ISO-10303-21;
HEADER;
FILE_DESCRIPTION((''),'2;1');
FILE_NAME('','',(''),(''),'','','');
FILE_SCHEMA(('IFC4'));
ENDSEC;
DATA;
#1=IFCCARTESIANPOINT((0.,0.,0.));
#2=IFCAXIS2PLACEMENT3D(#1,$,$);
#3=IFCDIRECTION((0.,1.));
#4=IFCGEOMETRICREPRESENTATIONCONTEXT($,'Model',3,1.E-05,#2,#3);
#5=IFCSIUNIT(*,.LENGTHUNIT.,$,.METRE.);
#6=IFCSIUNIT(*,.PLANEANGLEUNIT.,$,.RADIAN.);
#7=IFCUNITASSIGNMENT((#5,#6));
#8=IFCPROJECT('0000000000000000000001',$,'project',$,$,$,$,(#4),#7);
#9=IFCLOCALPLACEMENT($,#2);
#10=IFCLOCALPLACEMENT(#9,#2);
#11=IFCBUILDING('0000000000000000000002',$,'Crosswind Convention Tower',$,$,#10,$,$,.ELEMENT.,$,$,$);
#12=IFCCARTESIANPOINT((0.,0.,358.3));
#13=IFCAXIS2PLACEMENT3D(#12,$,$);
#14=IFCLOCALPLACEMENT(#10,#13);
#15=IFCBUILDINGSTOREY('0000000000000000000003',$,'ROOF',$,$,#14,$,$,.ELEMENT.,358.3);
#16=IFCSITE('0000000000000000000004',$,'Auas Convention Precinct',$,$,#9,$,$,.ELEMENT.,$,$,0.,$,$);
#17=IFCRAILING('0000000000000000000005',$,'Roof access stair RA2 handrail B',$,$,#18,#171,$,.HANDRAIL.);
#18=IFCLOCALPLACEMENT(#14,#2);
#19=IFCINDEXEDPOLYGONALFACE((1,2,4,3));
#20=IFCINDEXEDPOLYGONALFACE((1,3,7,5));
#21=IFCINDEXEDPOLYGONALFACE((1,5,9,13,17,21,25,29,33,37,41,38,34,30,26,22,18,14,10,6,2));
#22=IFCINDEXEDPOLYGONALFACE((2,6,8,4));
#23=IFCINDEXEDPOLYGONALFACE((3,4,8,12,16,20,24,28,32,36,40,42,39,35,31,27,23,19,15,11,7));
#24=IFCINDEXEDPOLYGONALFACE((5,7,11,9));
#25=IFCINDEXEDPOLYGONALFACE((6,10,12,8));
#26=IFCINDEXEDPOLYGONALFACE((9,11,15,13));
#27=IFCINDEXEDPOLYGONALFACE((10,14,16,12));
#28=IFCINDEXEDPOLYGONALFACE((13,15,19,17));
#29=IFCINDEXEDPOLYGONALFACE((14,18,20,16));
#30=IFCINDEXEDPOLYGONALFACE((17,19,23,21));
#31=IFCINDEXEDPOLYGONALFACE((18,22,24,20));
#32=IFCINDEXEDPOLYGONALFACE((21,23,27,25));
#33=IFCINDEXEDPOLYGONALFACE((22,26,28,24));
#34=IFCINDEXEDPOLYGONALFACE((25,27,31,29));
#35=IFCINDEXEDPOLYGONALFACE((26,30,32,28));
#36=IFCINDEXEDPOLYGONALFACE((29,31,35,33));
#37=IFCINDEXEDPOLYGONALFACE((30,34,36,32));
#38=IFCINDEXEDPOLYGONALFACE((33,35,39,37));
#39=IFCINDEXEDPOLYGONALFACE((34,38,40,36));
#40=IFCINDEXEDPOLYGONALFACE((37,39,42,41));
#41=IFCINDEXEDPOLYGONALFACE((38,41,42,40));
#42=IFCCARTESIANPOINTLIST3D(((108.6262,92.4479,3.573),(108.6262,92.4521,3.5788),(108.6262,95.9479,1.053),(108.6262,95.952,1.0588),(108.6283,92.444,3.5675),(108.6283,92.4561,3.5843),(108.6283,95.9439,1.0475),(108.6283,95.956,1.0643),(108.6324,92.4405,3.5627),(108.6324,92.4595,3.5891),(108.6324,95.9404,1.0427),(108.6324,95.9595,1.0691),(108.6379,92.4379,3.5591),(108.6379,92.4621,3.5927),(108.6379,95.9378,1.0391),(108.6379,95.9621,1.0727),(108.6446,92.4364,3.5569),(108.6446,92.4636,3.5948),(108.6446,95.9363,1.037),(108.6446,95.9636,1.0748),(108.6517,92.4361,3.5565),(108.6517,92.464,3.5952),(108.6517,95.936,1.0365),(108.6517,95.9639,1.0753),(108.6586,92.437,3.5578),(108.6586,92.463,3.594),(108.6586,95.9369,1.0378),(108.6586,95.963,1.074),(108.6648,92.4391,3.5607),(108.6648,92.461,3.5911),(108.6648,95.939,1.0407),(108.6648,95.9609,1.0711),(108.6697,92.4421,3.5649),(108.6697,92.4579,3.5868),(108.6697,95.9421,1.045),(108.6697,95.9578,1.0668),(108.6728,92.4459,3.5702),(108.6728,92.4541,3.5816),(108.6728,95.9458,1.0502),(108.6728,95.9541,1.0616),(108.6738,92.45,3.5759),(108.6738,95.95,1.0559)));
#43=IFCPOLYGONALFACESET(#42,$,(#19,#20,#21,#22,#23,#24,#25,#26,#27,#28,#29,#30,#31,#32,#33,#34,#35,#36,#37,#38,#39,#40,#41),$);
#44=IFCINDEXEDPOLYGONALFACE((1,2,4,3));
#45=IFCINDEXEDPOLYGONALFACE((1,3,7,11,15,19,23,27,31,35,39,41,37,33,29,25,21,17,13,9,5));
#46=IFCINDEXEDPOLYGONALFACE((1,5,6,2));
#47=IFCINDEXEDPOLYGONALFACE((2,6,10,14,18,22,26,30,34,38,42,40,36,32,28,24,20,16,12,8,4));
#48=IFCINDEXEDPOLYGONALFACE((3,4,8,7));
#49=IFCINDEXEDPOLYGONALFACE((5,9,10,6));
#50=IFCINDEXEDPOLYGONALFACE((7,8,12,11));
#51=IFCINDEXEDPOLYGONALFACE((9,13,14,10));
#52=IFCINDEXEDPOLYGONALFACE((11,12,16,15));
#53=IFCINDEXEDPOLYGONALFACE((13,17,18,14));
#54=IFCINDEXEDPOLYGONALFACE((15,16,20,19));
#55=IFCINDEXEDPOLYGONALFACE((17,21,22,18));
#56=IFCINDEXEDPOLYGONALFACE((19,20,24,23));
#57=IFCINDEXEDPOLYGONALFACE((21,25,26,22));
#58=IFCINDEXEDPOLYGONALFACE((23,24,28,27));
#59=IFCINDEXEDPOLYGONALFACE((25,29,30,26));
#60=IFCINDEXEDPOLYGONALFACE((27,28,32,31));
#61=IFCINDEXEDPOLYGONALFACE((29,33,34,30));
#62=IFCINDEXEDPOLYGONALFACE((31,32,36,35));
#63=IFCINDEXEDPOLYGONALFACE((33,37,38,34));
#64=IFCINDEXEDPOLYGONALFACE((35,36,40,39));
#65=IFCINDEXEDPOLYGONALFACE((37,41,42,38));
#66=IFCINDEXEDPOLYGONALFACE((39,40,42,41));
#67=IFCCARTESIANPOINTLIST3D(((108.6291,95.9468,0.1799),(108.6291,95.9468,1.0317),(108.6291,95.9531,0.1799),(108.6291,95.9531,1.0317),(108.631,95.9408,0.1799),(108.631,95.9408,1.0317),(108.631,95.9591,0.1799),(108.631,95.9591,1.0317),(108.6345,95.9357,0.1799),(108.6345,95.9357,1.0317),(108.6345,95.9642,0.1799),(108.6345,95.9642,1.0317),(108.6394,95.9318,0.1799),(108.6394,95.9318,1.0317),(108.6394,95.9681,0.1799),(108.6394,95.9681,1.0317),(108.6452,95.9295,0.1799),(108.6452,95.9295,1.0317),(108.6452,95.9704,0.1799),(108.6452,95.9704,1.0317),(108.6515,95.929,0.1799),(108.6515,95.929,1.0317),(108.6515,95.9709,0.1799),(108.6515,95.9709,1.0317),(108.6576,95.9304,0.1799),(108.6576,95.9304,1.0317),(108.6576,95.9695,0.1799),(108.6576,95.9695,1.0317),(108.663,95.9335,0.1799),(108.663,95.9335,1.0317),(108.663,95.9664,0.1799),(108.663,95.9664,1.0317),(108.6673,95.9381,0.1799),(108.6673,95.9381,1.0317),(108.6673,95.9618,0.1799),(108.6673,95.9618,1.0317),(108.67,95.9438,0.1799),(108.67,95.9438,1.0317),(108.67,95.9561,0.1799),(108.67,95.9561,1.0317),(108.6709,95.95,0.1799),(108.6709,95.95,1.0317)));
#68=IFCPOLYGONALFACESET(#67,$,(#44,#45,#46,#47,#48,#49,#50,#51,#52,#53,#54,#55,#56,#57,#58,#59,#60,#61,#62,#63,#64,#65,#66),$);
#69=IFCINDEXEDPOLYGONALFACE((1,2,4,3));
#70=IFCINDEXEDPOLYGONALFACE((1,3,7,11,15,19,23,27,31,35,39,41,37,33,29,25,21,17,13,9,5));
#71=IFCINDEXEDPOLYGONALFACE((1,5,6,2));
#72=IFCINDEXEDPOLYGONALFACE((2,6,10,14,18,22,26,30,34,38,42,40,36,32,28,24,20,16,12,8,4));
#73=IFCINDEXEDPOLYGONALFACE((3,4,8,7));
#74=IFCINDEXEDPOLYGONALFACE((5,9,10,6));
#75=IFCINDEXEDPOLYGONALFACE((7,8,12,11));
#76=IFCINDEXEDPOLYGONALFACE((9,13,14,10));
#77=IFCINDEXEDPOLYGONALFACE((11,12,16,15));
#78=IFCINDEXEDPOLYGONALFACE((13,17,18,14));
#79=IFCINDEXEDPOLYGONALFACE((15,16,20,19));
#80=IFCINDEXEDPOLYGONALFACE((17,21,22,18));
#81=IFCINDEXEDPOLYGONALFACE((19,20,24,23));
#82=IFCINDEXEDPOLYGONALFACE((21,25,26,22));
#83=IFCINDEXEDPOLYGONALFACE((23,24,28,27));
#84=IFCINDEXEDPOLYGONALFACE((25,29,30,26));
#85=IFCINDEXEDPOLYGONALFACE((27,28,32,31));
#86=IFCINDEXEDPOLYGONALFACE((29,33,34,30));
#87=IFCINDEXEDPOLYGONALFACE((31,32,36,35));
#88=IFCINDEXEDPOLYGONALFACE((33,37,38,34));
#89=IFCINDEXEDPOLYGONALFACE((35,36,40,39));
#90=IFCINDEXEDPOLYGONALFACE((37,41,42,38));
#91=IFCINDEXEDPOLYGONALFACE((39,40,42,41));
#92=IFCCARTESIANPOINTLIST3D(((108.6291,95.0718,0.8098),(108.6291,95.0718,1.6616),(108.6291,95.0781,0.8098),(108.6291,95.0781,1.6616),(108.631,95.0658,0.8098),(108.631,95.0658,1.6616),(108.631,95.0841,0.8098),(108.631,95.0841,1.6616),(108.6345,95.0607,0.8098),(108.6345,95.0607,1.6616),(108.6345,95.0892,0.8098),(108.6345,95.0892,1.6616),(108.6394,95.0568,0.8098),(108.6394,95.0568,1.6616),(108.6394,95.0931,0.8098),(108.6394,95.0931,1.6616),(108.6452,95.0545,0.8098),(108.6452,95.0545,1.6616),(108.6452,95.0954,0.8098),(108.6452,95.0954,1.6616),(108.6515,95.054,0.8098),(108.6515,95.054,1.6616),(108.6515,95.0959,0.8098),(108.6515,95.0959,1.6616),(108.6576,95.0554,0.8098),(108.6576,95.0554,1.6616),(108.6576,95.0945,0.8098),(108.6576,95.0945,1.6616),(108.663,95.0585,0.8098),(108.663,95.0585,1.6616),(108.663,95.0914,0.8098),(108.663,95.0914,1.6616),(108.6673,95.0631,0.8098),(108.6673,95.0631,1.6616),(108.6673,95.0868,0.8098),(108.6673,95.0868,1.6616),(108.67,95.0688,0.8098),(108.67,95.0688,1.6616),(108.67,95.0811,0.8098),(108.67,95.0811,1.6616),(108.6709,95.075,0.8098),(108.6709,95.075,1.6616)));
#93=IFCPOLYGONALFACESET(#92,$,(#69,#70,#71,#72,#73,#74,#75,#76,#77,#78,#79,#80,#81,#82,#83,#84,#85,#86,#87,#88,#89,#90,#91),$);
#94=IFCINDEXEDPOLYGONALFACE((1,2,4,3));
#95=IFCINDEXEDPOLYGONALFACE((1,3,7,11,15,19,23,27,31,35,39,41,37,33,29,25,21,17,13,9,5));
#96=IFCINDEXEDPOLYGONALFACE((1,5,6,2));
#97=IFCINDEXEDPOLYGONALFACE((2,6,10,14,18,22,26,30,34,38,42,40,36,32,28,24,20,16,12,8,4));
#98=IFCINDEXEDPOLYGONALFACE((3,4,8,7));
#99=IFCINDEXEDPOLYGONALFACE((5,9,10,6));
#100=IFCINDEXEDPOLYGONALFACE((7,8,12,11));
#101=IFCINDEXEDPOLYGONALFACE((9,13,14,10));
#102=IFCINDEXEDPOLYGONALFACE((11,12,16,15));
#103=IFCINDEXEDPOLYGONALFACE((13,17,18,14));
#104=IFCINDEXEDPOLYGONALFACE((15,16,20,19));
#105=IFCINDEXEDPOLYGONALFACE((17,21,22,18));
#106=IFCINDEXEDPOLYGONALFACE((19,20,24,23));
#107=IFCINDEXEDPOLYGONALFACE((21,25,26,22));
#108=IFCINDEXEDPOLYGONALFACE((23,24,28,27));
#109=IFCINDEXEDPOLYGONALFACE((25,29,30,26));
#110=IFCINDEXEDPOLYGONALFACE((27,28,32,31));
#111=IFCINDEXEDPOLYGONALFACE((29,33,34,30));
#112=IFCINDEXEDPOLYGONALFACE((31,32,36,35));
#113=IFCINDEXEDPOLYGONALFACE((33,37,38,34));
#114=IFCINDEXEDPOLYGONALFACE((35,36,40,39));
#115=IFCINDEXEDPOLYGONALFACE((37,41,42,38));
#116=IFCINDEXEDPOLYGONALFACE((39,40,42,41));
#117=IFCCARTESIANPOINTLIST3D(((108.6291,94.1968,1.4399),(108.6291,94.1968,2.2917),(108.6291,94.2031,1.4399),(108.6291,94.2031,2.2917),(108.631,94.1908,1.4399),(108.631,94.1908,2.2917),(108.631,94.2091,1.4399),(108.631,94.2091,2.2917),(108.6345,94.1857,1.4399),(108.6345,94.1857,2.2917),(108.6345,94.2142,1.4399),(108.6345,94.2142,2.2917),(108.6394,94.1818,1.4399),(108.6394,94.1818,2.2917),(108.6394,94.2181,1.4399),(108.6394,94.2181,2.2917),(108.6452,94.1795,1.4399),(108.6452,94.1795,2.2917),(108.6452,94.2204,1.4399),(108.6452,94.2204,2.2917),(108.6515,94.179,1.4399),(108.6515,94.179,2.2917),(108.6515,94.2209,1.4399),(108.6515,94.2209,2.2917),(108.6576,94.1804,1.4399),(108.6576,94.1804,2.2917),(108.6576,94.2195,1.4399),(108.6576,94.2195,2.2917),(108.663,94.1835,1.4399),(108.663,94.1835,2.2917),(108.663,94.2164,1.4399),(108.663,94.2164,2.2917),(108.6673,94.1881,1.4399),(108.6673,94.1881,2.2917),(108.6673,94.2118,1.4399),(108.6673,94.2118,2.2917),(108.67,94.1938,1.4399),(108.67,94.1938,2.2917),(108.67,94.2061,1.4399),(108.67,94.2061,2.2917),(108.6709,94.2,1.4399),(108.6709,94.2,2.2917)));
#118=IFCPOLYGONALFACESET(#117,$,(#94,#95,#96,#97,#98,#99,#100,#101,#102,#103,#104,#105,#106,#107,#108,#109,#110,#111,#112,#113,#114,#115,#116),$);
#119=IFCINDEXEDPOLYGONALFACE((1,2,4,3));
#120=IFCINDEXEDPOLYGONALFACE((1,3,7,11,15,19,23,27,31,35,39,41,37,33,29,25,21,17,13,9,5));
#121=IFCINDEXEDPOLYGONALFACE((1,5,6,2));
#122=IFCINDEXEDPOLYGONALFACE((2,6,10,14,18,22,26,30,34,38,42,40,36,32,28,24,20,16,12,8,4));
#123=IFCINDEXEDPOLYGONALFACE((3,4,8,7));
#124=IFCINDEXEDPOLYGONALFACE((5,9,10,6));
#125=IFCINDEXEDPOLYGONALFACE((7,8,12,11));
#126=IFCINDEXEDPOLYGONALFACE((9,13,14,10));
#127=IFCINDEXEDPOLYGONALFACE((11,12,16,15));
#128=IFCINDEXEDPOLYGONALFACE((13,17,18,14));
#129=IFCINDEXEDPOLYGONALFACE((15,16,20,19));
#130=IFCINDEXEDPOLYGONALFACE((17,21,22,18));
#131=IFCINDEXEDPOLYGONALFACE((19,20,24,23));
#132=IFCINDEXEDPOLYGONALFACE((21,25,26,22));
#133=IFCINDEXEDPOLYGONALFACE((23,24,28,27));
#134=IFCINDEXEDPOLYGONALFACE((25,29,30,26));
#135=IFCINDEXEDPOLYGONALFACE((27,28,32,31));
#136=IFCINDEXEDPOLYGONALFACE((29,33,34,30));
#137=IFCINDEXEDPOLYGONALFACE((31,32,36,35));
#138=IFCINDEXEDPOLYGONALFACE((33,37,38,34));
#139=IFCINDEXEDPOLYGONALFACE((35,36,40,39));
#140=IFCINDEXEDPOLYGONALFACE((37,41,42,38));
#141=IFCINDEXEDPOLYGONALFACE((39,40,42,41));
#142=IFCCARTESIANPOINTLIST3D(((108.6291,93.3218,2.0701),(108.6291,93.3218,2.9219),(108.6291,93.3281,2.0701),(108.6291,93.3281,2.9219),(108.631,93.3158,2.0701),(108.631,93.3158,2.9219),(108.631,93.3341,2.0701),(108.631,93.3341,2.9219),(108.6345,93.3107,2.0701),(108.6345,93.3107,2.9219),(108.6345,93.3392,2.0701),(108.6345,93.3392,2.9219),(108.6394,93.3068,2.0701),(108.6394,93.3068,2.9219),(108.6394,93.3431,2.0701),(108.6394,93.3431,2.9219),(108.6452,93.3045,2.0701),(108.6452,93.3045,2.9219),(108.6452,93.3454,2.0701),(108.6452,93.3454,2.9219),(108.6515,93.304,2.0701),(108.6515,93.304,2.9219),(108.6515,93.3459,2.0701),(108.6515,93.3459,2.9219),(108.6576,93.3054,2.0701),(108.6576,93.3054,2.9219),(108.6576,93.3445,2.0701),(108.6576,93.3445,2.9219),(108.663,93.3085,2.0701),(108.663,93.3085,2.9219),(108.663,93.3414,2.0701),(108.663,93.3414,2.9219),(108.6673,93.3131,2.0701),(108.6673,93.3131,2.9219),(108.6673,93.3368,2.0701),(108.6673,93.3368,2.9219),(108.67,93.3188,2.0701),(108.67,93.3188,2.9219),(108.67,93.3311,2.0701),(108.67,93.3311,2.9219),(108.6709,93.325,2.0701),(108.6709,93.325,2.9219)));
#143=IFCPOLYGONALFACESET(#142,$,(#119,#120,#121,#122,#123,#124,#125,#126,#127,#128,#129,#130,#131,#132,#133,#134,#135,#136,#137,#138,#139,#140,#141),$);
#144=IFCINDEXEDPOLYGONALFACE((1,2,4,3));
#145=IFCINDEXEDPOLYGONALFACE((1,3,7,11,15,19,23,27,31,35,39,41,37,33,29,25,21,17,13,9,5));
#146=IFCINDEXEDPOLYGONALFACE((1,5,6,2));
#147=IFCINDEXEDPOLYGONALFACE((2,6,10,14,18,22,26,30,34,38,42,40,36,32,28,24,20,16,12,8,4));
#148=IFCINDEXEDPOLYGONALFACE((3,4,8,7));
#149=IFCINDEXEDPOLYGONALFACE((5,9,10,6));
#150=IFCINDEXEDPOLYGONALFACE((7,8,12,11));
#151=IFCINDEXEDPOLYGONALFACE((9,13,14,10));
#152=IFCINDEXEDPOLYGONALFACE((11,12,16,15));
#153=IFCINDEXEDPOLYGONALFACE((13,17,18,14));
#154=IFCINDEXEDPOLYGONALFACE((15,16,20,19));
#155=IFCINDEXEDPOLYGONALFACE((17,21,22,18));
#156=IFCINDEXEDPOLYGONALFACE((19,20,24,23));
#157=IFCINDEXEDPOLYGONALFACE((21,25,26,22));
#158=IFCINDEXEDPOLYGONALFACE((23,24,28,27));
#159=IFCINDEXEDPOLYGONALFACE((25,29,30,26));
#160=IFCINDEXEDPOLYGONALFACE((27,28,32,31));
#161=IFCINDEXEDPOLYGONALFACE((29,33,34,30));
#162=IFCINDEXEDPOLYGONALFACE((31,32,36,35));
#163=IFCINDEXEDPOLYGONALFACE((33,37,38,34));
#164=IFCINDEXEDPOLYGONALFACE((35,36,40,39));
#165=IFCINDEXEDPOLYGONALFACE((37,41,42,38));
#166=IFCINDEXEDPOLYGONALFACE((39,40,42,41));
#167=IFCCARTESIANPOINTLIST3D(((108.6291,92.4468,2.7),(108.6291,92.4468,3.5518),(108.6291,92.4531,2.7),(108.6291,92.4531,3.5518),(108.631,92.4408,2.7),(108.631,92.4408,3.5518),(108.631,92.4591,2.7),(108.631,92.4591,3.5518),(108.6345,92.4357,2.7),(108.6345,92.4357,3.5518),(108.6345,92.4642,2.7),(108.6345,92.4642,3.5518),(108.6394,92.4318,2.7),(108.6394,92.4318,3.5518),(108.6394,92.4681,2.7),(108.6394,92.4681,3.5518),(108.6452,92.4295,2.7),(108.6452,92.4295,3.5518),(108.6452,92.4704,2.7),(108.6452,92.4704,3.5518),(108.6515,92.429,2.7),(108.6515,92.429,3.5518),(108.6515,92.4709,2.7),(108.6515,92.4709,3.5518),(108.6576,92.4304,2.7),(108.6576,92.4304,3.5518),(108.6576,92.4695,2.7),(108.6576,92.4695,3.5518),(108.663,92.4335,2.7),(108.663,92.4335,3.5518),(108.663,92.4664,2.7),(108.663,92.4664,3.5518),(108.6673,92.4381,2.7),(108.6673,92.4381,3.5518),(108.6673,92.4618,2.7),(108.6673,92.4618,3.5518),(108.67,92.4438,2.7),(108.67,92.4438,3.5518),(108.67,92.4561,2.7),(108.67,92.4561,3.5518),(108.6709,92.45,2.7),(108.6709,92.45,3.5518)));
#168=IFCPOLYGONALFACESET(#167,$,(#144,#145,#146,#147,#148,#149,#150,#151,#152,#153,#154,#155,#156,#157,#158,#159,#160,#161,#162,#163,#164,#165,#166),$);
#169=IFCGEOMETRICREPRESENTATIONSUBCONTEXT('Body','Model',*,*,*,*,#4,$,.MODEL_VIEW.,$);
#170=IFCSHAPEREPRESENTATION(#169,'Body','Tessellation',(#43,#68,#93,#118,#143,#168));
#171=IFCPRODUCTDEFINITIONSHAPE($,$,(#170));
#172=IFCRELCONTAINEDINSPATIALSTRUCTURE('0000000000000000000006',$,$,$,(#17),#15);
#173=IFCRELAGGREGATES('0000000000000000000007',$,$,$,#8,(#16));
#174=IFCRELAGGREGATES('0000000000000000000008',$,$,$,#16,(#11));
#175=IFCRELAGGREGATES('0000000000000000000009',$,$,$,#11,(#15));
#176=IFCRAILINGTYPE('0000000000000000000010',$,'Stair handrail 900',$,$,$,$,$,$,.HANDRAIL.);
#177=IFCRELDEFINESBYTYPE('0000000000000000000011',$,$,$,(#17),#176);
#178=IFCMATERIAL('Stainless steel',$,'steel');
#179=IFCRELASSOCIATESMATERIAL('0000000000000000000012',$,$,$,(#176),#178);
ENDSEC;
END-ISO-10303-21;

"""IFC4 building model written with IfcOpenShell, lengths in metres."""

from ifc_helpers import new_model, si_unit, direction, frame, origin, origin_2d, place, context, subcontext, project, spatial, circle, extrude, material, type_object, element, save


model = new_model("IFC4")

# Units and contexts
model_context = context("Model", 3, precision=1e-05, world=origin(), true_north=direction((0.0, 1.0)))
body_context = subcontext(model_context, "Body", "Model", "MODEL_VIEW")
ifc_project = project(units=[si_unit("LENGTHUNIT", "METRE"), si_unit("PLANEANGLEUNIT", "RADIAN")], contexts=[model_context])

# Site, building, storey
site_placement = place(None, origin())
site = spatial("IfcSite", under=ifc_project, at=site_placement, Name="Auas Convention Precinct", CompositionType="ELEMENT", RefElevation=0.0)
building_placement = place(site_placement, origin())
building = spatial("IfcBuilding", under=site, at=building_placement, Name="Crosswind Convention Tower", CompositionType="ELEMENT")
storey_placement = place(building_placement, frame((0.0, 0.0, 358.3)))
storey = spatial("IfcBuildingStorey", under=building, at=storey_placement, Name="ROOF", CompositionType="ELEMENT", Elevation=358.3)

# Railing
ifc_material_1 = material(Name="Stainless steel", Category="steel")
railing_type_1 = type_object("IfcRailingType", Name="Stair handrail 900", PredefinedType="HANDRAIL", material=ifc_material_1)
for number, where, name in (
    (1, (108.6499, 95.95, 0.1799), "Roof access stair RA2 handrail B"),
):
    element("IfcRailing", number, at=place(storey_placement, frame(where)), inside=storey, type_object=railing_type_1, Name=name, PredefinedType="HANDRAIL", context=body_context, shape_type="SweptSolid", body=[
        extrude(circle(Radius=0.0239, at=origin_2d()), frame((0.0, 0.0, 0.876), z_axis=(0.0, -0.811532, 0.584308), x_axis=(1.0, 0.0, 0.0)), (0.0, 0.0, 1.0), 4.3127),
        extrude(circle(Radius=0.021, at=origin_2d()), origin(), (0.0, 0.0, 1.0), 0.8518),
        extrude(circle(Radius=0.021, at=origin_2d()), frame((0.0, -0.875, 0.6299)), (0.0, 0.0, 1.0), 0.8518),
        extrude(circle(Radius=0.021, at=origin_2d()), frame((0.0, -1.75, 1.26)), (0.0, 0.0, 1.0), 0.8518),
        extrude(circle(Radius=0.021, at=origin_2d()), frame((0.0, -2.625, 1.8901)), (0.0, 0.0, 1.0), 0.8518),
        extrude(circle(Radius=0.021, at=origin_2d()), frame((0.0, -3.5, 2.52)), (0.0, 0.0, 1.0), 0.8518),
    ])

save(model, "model.ifc")
